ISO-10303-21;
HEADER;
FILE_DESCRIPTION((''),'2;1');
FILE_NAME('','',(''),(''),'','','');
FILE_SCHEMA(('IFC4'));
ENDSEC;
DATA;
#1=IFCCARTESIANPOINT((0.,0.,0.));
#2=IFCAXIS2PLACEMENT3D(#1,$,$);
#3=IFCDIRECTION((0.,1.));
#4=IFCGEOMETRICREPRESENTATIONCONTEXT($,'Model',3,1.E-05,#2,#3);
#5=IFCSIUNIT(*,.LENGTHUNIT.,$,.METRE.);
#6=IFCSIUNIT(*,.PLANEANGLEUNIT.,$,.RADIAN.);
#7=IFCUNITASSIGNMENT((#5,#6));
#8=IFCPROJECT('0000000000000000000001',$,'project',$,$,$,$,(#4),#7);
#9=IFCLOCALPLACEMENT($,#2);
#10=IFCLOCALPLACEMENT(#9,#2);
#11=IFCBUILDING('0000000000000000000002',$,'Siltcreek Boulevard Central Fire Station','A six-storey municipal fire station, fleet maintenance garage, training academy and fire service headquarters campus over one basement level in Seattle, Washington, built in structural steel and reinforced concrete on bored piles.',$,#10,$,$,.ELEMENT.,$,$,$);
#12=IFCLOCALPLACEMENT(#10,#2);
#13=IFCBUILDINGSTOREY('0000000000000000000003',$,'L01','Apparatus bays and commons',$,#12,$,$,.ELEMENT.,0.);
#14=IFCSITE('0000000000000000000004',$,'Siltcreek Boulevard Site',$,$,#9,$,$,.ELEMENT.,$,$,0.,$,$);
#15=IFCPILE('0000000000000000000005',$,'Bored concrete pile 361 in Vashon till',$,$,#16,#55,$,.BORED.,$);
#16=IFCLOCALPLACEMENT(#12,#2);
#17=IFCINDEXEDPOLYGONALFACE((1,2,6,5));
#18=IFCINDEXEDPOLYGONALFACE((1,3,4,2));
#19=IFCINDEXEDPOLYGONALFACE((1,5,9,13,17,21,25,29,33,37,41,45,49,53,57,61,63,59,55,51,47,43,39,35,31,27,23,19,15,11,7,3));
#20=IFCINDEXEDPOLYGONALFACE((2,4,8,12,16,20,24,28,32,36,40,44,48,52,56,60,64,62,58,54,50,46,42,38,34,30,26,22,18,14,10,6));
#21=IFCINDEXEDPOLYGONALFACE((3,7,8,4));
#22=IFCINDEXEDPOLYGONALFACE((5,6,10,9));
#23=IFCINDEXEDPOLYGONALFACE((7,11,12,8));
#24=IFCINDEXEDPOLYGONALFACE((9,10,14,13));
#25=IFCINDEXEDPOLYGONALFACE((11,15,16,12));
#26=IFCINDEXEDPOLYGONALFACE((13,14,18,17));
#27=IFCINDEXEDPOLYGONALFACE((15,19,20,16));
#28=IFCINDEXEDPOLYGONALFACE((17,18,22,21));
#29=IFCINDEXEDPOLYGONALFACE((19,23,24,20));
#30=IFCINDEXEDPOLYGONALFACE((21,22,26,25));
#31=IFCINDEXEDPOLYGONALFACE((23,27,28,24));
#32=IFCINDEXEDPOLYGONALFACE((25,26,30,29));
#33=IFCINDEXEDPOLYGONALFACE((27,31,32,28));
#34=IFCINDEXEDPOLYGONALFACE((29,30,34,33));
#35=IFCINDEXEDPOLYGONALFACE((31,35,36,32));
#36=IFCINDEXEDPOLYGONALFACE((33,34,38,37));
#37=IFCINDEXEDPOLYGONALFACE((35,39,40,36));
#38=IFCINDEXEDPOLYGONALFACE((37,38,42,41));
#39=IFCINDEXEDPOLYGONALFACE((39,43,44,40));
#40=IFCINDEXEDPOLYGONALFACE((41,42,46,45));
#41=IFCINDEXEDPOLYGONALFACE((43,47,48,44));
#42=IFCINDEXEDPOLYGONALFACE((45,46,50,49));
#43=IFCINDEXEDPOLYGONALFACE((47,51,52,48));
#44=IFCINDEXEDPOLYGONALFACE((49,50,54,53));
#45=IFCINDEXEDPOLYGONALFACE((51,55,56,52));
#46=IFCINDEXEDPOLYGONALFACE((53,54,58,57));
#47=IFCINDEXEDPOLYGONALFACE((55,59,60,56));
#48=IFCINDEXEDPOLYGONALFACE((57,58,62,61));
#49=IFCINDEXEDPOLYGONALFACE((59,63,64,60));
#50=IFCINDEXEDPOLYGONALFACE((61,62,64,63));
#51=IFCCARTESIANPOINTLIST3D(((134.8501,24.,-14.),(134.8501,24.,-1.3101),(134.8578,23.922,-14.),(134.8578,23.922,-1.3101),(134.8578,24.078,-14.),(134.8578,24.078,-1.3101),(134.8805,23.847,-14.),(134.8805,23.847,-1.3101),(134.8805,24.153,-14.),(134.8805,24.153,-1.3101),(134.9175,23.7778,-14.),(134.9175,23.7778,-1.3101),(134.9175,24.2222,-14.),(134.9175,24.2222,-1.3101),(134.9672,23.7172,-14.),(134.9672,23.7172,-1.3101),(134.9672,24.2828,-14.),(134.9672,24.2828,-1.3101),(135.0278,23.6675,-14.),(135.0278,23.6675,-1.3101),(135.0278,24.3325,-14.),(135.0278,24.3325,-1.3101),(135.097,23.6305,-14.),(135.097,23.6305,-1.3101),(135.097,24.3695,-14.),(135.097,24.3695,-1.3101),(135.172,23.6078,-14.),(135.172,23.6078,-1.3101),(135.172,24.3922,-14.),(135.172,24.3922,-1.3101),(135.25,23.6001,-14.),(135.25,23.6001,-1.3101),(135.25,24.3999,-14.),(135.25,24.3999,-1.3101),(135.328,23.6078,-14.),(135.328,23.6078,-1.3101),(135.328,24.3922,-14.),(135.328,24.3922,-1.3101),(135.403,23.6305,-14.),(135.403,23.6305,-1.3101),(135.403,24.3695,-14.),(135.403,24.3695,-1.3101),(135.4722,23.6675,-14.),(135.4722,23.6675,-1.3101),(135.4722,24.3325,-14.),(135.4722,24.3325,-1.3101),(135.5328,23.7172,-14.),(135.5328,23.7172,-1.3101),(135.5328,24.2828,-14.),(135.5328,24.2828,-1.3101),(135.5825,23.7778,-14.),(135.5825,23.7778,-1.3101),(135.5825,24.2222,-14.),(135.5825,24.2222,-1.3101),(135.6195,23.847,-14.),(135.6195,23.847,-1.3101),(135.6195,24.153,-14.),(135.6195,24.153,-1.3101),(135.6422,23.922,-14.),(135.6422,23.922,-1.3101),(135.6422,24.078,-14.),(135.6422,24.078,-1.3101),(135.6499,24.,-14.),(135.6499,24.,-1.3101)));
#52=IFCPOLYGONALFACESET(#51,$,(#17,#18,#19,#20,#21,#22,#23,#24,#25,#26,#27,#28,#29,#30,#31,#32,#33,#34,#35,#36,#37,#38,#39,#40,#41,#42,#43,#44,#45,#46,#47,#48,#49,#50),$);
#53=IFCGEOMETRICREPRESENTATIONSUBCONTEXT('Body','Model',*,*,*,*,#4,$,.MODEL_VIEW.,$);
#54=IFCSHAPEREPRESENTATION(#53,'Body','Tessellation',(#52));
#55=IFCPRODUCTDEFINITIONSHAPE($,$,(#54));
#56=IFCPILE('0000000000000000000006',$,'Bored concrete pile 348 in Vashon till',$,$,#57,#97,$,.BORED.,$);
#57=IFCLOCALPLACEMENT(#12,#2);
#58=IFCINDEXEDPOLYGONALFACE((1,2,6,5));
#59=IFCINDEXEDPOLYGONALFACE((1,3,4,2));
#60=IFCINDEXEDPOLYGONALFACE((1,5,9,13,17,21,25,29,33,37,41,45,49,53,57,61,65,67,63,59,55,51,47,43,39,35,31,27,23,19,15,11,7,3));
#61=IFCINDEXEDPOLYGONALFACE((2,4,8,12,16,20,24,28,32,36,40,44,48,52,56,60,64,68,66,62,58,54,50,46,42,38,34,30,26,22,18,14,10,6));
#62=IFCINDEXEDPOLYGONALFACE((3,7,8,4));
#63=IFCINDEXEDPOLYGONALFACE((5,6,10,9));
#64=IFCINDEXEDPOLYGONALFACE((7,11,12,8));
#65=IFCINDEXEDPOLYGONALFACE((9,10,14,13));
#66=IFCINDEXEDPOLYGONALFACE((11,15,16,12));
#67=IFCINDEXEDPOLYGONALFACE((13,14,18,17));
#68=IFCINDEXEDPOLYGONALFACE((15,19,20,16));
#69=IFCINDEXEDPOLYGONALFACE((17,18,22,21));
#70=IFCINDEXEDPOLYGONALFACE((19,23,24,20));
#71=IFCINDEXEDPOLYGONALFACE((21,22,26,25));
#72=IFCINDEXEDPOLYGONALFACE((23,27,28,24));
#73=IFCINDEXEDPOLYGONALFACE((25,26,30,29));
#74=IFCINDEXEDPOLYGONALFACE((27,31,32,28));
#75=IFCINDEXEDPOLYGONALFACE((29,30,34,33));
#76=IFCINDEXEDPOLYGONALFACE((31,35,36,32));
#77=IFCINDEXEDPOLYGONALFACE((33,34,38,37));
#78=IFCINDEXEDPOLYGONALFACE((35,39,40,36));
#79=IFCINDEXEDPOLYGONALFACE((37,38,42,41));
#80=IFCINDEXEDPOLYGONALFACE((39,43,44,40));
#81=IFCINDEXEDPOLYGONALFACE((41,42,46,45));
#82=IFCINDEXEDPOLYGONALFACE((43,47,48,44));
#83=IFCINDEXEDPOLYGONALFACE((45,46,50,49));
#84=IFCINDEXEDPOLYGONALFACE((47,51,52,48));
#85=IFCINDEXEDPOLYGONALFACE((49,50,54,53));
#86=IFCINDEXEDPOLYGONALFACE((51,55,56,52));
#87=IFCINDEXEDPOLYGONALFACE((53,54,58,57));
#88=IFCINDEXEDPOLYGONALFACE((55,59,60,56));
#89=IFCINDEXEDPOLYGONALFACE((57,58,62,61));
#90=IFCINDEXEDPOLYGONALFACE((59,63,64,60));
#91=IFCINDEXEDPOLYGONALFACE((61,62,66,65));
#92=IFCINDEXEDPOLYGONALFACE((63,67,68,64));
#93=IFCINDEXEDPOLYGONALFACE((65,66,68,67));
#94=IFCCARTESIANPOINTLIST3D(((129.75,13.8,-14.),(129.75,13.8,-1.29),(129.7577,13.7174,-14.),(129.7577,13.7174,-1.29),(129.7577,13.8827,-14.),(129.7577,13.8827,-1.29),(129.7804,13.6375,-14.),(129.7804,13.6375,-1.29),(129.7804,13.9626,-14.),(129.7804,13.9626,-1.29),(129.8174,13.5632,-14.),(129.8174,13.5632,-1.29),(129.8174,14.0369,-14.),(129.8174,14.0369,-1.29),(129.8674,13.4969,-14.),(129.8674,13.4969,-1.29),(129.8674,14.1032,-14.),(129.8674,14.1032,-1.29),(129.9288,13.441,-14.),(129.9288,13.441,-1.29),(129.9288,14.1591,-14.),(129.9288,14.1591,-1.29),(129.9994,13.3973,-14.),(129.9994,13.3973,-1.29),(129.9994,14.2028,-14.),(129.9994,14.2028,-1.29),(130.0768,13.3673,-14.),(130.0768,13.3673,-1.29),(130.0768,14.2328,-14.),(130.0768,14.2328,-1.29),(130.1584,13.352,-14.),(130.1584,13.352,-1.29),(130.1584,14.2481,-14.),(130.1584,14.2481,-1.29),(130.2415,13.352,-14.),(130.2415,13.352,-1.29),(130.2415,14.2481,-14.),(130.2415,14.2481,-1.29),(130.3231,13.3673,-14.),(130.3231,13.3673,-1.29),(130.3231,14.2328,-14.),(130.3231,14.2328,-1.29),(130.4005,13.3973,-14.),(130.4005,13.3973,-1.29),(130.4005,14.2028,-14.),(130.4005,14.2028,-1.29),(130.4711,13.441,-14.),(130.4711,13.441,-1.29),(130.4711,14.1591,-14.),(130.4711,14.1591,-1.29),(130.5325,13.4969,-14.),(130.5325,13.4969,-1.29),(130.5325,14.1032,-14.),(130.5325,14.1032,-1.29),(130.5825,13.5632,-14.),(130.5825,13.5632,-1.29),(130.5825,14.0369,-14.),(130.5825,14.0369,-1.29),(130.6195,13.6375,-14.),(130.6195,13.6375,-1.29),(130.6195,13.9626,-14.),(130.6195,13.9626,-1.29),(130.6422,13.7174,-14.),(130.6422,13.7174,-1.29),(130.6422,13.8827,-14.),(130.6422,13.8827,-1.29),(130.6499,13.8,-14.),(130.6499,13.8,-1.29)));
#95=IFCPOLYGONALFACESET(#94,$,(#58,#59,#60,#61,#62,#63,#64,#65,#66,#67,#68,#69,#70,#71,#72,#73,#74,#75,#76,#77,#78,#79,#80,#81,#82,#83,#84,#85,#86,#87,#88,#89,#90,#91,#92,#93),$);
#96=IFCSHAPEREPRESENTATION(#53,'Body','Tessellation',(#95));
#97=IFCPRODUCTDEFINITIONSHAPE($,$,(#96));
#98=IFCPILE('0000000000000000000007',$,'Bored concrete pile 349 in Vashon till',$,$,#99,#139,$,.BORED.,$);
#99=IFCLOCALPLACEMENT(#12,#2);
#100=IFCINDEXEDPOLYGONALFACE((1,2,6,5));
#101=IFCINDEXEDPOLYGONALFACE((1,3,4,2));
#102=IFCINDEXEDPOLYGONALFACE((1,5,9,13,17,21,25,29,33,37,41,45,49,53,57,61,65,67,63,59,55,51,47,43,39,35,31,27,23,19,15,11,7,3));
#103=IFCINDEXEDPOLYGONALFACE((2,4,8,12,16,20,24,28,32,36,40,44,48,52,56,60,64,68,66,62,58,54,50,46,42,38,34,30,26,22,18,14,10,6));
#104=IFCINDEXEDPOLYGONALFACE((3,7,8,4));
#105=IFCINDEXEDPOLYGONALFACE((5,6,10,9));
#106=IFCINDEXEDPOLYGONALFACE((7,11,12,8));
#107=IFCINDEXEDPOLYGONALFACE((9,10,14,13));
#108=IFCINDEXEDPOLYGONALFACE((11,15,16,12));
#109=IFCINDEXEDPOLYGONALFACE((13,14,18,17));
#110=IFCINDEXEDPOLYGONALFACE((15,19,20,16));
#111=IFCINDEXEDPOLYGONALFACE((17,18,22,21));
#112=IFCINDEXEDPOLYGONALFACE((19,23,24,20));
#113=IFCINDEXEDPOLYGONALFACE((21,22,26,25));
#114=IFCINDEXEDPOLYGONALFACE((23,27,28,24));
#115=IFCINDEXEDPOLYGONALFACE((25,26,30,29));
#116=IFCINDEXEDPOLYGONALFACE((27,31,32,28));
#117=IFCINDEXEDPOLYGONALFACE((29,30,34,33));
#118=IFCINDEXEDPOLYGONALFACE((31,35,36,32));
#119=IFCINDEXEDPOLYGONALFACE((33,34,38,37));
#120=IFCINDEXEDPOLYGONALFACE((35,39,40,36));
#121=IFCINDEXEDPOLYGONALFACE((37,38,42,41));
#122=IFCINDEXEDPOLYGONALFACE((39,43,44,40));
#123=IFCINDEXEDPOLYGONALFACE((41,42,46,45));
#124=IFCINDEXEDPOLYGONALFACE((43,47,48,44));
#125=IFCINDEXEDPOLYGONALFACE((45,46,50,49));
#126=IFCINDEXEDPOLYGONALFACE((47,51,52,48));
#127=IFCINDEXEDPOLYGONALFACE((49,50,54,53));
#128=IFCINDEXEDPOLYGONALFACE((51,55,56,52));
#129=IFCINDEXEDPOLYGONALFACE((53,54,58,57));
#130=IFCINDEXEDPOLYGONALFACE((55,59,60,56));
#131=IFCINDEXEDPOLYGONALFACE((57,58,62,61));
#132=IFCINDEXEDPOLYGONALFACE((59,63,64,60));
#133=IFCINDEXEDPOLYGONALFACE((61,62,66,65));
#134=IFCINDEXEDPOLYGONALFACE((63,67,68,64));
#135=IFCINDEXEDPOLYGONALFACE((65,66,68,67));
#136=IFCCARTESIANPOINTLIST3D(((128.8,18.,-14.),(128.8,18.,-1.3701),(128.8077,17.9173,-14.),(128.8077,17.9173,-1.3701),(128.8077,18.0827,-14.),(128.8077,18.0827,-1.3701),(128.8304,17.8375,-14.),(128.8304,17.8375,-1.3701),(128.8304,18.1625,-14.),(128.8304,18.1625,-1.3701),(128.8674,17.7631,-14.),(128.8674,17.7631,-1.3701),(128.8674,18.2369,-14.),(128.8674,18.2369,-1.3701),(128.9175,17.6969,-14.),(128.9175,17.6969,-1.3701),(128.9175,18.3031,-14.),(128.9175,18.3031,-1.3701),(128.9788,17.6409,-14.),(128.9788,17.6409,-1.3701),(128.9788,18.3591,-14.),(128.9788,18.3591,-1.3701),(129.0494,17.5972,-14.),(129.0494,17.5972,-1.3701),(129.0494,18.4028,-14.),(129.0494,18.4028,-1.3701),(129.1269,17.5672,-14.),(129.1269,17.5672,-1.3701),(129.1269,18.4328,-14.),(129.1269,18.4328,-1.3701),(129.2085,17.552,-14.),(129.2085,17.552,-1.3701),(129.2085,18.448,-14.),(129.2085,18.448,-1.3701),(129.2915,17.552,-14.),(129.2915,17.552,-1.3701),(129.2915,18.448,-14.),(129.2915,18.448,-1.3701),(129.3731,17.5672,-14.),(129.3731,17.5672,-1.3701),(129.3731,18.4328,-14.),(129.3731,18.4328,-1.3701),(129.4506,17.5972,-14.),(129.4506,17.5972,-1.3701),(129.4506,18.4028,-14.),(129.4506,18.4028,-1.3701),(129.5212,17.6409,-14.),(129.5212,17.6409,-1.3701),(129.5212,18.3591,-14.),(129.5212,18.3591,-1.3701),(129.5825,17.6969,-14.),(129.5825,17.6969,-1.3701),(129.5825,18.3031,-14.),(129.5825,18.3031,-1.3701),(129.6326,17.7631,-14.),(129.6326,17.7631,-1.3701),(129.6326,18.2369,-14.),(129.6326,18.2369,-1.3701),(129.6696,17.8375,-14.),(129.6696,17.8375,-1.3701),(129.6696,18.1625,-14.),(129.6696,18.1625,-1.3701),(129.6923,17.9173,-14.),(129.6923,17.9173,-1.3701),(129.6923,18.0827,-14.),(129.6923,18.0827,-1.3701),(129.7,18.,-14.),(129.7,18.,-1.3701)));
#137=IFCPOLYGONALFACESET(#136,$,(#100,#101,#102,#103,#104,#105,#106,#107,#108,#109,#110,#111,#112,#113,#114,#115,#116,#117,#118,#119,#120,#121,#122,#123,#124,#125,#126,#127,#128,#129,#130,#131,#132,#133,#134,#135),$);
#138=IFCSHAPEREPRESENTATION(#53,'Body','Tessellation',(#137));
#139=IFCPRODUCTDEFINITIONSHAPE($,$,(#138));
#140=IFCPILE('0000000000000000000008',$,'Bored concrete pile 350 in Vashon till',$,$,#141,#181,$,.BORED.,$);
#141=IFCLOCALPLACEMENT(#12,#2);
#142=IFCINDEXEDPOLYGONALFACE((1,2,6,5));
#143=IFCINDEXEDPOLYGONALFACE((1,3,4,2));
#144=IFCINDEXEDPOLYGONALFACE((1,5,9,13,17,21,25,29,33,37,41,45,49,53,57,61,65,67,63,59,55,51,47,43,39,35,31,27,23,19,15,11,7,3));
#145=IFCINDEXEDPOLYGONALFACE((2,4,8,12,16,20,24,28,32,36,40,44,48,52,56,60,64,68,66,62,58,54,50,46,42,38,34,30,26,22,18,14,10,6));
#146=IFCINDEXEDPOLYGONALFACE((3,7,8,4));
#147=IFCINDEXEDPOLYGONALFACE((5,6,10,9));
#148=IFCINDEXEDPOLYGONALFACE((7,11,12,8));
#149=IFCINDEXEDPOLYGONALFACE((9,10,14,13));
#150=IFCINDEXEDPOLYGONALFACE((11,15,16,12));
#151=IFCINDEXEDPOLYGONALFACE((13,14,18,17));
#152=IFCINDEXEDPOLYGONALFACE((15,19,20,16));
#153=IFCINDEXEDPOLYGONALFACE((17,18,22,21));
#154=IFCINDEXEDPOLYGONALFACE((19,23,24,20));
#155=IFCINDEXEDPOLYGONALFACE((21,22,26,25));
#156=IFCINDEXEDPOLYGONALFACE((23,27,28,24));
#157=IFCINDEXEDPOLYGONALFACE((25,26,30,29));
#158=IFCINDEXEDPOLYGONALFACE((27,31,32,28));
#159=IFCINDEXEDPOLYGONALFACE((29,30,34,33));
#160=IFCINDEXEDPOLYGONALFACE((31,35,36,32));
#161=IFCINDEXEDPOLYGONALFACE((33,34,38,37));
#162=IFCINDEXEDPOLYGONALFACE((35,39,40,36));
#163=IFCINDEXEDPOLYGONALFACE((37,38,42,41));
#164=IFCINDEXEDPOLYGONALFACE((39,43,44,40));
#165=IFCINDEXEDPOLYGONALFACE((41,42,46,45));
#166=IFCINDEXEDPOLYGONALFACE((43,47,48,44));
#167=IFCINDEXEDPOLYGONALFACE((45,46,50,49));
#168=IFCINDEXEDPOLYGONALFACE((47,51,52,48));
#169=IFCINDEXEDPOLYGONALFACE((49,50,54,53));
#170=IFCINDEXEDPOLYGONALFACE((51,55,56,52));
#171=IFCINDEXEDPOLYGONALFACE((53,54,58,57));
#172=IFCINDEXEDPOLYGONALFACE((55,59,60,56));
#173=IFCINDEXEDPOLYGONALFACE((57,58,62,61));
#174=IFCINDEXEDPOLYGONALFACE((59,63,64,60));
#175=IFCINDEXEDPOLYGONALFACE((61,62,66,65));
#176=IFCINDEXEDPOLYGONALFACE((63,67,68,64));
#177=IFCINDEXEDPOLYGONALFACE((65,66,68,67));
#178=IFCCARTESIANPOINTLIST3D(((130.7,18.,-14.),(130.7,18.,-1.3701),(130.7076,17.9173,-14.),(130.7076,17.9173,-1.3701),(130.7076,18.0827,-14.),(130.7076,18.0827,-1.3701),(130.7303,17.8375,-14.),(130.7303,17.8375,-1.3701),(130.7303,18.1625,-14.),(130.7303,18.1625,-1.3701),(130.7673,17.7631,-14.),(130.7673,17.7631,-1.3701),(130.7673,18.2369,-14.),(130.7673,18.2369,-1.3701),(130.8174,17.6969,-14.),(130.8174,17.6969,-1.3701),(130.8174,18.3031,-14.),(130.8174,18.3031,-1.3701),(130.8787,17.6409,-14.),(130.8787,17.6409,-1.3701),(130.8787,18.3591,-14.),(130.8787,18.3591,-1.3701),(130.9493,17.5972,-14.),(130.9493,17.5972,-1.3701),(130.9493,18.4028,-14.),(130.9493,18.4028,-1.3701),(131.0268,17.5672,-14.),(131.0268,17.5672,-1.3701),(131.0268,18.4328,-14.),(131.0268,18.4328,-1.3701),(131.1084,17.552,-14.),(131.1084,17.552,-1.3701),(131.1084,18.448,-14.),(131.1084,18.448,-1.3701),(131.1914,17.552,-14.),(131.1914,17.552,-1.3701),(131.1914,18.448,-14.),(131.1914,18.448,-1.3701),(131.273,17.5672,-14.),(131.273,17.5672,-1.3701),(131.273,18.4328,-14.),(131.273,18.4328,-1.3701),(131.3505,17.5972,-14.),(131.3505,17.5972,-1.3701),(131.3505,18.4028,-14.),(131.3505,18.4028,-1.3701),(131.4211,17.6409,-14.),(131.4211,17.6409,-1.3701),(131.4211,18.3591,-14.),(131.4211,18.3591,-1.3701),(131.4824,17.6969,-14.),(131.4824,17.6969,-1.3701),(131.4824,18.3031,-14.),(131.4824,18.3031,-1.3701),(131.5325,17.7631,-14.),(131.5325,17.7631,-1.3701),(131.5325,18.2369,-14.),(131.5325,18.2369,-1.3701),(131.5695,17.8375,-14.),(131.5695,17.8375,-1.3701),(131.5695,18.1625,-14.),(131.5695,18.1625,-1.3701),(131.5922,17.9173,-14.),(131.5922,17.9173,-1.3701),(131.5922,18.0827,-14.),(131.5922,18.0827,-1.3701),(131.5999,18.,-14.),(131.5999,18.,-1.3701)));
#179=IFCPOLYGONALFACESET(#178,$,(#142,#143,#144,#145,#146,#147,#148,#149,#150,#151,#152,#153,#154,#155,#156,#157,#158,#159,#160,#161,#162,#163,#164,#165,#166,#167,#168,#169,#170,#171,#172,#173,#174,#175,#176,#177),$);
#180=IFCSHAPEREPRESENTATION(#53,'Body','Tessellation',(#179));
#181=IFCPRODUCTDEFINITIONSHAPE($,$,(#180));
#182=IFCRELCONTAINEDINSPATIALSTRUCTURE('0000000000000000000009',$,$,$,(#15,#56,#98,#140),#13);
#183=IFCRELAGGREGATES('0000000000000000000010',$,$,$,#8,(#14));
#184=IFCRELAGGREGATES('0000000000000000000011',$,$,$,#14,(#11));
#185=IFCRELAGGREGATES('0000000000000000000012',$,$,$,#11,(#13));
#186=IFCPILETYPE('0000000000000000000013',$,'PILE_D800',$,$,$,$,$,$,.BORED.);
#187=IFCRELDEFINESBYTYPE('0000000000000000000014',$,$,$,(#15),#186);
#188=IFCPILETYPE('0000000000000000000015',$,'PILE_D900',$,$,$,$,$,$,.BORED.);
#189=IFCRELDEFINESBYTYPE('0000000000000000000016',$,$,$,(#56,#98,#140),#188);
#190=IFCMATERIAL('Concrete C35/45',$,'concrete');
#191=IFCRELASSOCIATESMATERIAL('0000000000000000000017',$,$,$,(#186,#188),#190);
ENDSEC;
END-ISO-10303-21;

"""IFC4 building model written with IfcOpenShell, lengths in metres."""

from ifc_helpers import new_model, si_unit, direction, frame, origin, origin_2d, place, context, subcontext, project, spatial, circle, extrude, material, material_profile, profile_set, type_object, element, save


model = new_model("IFC4")

# Units and contexts
model_context = context("Model", 3, precision=1e-05, world=origin(), true_north=direction((0.0, 1.0)))
body_context = subcontext(model_context, "Body", "Model", "MODEL_VIEW")
ifc_project = project(units=[si_unit("LENGTHUNIT", "METRE"), si_unit("PLANEANGLEUNIT", "RADIAN")], contexts=[model_context])

# Site, building, storey
site_placement = place(None, origin())
site = spatial("IfcSite", under=ifc_project, at=site_placement, Name="Siltcreek Boulevard Site", CompositionType="ELEMENT", RefElevation=0.0)
building_placement = place(site_placement, origin())
building = spatial("IfcBuilding", under=site, at=building_placement, Name="Siltcreek Boulevard Central Fire Station", Description="A six-storey municipal fire station, fleet maintenance garage, training academy and fire service headquarters campus over one basement level in Seattle, Washington, built in structural steel and reinforced concrete on bored piles.", CompositionType="ELEMENT")
storey_placement = place(building_placement, origin())
storey = spatial("IfcBuildingStorey", under=building, at=storey_placement, Name="L01", Description="Apparatus bays and commons", CompositionType="ELEMENT", Elevation=0.0)

# Shared definitions
ifc_material_1 = material(Name="Concrete C35/45", Category="concrete")

# Piles
ifc_material_profile_1 = material_profile(ifc_material_1, circle(Radius=0.3999, at=origin_2d()), Name="SHAFT800")
ifc_profile_set_1 = profile_set([ifc_material_profile_1], Name="Concrete C35/45")
pile_type_1 = type_object("IfcPileType", Name="PILE_D800", PredefinedType="BORED", material=ifc_profile_set_1)
pile_1_placement = place(storey_placement, frame((135.25, 24.0, -1.3101), z_axis=(0.0, 0.0, -1.0), x_axis=(1.0, 0.0, 0.0)))
element("IfcPile", 1, at=pile_1_placement, inside=storey, type_object=pile_type_1, Name="Bored concrete pile 361 in Vashon till", PredefinedType="BORED", context=body_context, shape_type="SweptSolid", body=[
    extrude(circle(Radius=0.3999, at=origin_2d()), origin(), (0.0, 0.0, 1.0), 12.6899),
])
ifc_material_profile_2 = material_profile(ifc_material_1, circle(Radius=0.45, at=origin_2d()), Name="SHAFT900")
ifc_profile_set_2 = profile_set([ifc_material_profile_2], Name="Concrete C35/45")
pile_type_2 = type_object("IfcPileType", Name="PILE_D900", PredefinedType="BORED", material=ifc_profile_set_2)
pile_2_placement = place(storey_placement, frame((130.2, 13.8, -1.29), z_axis=(0.0, 0.0, -1.0), x_axis=(1.0, 0.0, 0.0)))
element("IfcPile", 2, at=pile_2_placement, inside=storey, type_object=pile_type_2, Name="Bored concrete pile 348 in Vashon till", PredefinedType="BORED", context=body_context, shape_type="SweptSolid", body=[
    extrude(circle(Radius=0.45, at=origin_2d()), origin(), (0.0, 0.0, 1.0), 12.71),
])
for number, where, z_axis, x_axis, name in (
    (3, (129.25, 18.0, -1.3701), (0.0, 0.0, -1.0), (1.0, 0.0, 0.0), "Bored concrete pile 349 in Vashon till"),
    (4, (131.1499, 18.0, -1.3701), (0.0, 0.0, -1.0), (1.0, 0.0, 0.0), "Bored concrete pile 350 in Vashon till"),
):
    element("IfcPile", number, at=place(storey_placement, frame(where, z_axis=z_axis, x_axis=x_axis)), inside=storey, type_object=pile_type_2, Name=name, PredefinedType="BORED", context=body_context, shape_type="SweptSolid", body=[
        extrude(circle(Radius=0.45, at=origin_2d()), origin(), (0.0, 0.0, 1.0), 12.6299),
    ])

save(model, "model.ifc")
